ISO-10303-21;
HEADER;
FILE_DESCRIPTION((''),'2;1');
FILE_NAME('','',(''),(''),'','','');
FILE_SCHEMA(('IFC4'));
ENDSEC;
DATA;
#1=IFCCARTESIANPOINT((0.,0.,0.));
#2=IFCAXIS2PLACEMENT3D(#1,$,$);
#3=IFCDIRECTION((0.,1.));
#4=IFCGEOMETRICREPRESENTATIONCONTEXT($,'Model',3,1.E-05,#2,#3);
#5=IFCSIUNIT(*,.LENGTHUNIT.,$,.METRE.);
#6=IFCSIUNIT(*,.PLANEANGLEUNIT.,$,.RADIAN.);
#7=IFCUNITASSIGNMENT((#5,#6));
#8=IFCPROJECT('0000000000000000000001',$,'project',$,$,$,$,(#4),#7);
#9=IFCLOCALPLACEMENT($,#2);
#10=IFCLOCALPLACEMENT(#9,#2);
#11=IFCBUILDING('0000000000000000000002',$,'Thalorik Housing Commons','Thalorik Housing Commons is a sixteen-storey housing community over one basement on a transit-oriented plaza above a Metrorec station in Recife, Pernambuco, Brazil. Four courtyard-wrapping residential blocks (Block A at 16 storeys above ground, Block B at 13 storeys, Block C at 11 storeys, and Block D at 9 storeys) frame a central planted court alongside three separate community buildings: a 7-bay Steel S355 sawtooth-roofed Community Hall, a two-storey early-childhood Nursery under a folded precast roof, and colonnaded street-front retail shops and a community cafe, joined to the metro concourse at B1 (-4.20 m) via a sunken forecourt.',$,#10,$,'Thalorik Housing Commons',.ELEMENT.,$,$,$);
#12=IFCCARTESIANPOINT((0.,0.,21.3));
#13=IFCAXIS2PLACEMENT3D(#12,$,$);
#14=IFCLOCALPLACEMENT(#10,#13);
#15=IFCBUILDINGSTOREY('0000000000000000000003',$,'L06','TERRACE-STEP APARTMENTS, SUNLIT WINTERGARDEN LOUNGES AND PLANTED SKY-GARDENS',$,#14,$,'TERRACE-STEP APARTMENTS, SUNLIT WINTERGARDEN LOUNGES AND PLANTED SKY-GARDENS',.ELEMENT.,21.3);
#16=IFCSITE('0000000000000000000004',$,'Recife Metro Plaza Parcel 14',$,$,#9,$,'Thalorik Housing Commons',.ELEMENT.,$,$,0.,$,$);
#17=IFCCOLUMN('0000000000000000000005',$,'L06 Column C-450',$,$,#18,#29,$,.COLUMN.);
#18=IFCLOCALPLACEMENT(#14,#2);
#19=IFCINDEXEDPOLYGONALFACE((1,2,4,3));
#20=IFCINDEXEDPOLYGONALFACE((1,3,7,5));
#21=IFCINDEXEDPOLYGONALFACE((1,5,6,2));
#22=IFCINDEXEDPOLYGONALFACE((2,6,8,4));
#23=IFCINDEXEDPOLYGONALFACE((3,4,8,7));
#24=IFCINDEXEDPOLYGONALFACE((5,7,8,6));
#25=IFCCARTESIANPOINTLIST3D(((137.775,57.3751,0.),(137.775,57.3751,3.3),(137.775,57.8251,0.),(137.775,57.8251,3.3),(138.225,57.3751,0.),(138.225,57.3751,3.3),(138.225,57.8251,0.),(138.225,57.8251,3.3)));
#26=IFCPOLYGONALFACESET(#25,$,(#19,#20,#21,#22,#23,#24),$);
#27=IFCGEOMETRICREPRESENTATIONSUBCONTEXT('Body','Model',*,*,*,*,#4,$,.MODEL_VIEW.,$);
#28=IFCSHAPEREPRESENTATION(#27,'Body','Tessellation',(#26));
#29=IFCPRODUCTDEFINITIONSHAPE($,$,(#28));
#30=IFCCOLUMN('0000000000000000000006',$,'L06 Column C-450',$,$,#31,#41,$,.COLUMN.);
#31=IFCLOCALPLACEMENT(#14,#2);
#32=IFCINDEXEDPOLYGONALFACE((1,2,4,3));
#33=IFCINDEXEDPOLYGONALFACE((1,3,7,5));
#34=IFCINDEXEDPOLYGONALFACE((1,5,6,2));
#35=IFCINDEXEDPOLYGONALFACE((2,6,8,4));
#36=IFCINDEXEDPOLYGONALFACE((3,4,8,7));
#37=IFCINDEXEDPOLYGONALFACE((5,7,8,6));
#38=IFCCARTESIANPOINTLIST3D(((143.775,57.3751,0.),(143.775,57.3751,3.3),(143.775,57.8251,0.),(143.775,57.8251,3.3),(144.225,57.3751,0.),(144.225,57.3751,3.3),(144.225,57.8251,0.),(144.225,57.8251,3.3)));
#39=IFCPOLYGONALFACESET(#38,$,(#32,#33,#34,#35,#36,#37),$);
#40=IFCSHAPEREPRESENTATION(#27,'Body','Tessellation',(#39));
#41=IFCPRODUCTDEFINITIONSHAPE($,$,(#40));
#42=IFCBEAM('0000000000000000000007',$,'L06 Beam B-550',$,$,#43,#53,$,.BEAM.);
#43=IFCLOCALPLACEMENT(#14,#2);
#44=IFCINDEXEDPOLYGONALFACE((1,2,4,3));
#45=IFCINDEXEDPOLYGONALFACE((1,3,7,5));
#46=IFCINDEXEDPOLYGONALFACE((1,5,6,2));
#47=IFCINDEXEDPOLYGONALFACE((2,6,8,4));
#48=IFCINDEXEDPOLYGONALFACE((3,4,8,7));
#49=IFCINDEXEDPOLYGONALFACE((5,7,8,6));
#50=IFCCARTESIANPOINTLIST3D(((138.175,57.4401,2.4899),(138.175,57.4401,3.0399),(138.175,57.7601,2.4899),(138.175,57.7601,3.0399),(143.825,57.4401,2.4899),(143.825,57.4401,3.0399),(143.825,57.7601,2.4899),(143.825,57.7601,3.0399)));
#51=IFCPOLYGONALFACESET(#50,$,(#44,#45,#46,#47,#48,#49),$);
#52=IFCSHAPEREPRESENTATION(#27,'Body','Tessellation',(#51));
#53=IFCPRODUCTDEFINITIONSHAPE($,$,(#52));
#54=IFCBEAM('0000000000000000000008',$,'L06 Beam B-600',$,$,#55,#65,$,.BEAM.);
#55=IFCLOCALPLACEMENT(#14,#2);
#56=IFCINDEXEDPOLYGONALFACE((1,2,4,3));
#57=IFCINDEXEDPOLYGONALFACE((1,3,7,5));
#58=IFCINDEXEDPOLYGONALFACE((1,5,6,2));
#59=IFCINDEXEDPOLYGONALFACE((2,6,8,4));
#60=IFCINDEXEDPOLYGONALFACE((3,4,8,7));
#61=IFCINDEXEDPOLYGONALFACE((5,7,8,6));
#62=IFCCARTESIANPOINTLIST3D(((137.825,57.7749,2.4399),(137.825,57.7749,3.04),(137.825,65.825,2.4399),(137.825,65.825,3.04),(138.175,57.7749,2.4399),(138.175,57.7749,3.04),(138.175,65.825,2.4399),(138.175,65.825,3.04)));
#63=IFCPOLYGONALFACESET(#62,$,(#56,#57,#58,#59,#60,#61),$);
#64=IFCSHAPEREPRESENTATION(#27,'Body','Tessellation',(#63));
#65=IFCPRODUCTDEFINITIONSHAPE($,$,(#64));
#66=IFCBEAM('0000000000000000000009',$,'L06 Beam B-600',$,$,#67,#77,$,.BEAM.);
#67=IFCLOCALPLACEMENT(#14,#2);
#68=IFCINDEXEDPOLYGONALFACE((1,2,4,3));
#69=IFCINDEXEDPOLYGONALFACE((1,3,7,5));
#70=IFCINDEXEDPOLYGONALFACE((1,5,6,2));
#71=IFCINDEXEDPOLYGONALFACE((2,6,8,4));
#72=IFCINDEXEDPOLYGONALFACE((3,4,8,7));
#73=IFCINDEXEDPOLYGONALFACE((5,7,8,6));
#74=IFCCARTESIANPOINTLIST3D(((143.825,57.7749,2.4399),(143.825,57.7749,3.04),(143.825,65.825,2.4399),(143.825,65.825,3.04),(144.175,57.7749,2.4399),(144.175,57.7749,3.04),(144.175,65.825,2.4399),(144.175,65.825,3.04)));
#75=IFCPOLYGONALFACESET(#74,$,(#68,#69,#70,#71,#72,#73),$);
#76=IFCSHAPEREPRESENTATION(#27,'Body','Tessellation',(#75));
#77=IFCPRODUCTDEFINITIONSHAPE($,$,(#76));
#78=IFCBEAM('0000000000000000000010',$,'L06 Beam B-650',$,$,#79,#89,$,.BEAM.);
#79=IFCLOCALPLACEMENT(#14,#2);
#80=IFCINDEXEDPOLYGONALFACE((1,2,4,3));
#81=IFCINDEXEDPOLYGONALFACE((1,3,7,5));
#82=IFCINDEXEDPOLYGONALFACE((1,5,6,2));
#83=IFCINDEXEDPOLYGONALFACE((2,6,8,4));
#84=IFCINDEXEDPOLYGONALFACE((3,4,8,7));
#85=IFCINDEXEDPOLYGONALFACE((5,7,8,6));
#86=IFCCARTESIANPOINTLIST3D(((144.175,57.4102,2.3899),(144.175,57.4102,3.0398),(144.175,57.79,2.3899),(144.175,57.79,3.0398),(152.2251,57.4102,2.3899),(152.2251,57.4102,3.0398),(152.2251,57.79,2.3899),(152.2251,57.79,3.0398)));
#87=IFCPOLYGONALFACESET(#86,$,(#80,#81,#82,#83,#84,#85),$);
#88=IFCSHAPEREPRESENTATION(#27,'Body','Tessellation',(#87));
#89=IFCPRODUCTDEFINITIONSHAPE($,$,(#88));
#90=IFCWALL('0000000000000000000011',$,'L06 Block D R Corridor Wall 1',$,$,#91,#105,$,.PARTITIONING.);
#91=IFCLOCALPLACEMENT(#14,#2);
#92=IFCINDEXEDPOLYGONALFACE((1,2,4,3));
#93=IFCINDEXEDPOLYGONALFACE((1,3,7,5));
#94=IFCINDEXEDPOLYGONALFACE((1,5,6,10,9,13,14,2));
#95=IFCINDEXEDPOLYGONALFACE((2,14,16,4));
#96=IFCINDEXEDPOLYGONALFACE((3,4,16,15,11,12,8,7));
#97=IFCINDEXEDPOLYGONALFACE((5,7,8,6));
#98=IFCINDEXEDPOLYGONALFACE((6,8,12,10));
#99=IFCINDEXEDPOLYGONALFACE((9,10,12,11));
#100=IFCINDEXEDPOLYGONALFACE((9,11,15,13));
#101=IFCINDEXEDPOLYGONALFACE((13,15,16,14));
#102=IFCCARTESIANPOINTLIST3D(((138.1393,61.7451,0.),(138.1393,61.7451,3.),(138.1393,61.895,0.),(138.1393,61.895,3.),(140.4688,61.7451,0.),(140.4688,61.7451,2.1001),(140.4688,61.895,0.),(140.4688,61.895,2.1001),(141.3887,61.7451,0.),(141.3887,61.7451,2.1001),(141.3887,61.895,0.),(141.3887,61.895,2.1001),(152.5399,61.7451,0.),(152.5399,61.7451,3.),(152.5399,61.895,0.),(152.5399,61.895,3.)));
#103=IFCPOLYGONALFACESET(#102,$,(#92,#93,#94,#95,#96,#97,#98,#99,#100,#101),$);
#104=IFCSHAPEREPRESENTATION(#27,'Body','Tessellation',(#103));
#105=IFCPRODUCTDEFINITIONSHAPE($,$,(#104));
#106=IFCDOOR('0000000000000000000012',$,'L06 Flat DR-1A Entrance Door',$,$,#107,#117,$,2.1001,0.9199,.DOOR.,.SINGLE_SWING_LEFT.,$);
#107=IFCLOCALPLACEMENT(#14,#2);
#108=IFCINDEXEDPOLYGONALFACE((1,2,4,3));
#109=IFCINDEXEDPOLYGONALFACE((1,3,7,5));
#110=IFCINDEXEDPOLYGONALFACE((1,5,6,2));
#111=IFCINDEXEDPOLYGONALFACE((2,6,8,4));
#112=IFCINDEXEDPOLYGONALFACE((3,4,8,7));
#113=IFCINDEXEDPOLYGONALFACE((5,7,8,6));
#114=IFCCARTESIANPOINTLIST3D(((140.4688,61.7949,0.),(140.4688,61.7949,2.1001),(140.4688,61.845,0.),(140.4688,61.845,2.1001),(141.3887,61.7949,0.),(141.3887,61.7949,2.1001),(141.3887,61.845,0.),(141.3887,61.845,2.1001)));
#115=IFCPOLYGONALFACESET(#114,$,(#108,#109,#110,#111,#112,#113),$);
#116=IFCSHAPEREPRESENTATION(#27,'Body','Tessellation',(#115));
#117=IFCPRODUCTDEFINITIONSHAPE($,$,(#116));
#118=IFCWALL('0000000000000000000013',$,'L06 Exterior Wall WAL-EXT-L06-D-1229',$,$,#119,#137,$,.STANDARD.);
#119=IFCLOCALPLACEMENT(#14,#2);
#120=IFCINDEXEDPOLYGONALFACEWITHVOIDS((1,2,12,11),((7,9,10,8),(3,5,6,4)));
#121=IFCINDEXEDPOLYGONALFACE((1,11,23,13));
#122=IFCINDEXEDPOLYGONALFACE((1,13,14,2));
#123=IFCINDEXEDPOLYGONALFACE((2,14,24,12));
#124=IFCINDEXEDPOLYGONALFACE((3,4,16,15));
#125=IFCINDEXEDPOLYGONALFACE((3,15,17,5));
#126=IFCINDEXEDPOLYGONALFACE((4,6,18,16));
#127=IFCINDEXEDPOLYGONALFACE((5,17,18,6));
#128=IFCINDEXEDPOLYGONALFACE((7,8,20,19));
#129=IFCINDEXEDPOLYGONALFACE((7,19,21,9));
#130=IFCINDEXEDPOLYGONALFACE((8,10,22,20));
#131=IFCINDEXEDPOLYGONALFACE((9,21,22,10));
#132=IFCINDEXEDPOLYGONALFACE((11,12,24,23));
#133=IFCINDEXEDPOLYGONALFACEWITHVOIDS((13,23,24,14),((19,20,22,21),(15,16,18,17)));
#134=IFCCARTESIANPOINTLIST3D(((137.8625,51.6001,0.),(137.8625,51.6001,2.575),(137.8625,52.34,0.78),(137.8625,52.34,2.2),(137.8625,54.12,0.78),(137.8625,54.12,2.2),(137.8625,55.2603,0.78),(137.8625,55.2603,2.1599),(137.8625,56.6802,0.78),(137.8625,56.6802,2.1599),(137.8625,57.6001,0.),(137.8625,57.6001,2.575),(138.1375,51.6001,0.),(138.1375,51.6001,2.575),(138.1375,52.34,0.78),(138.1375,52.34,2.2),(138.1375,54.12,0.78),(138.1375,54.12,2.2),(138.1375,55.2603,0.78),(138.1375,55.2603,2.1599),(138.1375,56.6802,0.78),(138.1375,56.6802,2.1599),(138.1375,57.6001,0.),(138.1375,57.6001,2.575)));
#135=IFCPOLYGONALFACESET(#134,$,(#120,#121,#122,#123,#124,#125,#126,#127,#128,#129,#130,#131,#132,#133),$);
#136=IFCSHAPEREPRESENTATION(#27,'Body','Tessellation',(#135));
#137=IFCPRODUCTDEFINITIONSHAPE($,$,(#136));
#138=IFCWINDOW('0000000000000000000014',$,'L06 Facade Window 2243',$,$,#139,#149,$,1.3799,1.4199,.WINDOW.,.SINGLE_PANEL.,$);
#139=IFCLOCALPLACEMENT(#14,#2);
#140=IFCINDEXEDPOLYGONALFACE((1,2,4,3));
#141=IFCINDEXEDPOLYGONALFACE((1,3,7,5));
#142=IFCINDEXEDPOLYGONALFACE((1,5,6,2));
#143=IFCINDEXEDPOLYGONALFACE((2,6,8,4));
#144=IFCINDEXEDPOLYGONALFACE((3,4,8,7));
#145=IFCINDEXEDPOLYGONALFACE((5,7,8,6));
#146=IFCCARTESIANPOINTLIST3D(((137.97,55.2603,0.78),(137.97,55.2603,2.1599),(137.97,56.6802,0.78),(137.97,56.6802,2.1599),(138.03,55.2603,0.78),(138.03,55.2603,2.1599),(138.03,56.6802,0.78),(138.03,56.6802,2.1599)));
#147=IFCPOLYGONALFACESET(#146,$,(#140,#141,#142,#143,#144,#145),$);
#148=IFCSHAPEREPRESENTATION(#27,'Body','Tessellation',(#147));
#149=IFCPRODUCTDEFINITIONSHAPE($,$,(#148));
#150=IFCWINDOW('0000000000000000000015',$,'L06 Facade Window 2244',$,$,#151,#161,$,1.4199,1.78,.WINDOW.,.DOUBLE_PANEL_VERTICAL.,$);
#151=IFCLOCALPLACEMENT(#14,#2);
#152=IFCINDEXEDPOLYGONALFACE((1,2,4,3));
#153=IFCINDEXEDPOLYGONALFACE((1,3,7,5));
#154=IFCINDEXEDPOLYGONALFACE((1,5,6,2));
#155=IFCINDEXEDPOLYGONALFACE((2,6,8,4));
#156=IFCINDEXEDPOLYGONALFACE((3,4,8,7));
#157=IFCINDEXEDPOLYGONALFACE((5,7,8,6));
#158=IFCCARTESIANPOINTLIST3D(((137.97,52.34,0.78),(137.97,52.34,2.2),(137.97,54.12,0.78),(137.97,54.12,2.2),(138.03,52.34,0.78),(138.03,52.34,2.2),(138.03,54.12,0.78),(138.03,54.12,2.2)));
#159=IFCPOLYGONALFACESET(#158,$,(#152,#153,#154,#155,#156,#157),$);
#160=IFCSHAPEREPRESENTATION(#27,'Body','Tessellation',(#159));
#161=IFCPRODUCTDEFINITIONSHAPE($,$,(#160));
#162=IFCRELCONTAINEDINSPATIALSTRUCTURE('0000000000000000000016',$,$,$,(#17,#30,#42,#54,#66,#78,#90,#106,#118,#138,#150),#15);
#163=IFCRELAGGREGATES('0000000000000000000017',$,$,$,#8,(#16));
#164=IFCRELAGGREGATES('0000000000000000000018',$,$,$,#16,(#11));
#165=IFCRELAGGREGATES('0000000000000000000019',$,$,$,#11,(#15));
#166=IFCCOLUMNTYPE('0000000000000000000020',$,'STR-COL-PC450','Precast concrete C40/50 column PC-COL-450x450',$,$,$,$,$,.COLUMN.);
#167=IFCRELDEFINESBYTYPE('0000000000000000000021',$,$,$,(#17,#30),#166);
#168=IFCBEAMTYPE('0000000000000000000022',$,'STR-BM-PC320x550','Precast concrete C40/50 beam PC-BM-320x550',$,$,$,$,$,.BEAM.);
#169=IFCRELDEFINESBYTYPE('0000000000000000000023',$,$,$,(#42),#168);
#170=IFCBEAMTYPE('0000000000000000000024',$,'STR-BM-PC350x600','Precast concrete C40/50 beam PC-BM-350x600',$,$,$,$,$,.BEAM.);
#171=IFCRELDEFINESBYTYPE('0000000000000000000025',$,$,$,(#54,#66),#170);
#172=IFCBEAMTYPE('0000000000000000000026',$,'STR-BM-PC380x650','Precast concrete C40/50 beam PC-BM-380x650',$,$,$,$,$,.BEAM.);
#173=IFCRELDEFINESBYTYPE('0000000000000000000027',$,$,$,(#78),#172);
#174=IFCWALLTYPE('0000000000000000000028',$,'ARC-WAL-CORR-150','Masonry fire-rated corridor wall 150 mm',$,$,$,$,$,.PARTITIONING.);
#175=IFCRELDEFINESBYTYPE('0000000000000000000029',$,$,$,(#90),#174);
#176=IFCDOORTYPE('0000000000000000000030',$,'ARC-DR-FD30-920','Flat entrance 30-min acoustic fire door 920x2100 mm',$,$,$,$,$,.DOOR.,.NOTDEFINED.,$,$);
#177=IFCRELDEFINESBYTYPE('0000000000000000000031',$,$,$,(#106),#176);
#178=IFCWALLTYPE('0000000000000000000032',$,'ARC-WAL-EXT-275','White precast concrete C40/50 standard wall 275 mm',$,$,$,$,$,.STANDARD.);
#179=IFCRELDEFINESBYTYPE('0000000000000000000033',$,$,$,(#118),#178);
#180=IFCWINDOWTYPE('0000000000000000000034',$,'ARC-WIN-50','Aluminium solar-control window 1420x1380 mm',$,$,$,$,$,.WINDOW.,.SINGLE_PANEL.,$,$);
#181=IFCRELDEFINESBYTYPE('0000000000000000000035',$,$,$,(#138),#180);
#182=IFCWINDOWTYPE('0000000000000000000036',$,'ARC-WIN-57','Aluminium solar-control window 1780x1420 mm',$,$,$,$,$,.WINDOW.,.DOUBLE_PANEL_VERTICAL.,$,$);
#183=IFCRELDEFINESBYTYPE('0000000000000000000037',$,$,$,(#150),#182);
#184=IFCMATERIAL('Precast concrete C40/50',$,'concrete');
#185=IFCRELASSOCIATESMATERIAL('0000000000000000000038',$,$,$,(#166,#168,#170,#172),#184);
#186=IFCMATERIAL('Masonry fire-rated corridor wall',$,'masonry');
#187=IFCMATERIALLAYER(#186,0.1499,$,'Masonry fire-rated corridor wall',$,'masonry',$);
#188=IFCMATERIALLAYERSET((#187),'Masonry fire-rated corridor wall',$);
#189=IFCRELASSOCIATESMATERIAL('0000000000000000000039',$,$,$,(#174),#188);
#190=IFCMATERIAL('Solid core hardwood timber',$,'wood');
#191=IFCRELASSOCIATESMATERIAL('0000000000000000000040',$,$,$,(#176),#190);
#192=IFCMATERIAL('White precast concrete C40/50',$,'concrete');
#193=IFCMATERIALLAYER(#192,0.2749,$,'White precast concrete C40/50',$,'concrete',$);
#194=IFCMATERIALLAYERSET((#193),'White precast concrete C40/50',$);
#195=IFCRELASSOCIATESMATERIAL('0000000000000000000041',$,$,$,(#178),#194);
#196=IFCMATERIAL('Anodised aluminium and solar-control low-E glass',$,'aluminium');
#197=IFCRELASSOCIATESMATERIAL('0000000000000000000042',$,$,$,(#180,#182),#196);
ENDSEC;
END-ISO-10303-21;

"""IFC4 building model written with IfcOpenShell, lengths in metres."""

from ifc_helpers import new_model, si_unit, direction, frame, frame_2d, origin, origin_2d, place, context, subcontext, project, spatial, rectangle, extrude, material, layer, layer_set, material_profile, profile_set, type_object, element, fill, save


model = new_model("IFC4")

# Units and contexts
model_context = context("Model", 3, precision=1e-05, world=origin(), true_north=direction((0.0, 1.0)))
body_context = subcontext(model_context, "Body", "Model", "MODEL_VIEW")
ifc_project = project(units=[si_unit("LENGTHUNIT", "METRE"), si_unit("PLANEANGLEUNIT", "RADIAN")], contexts=[model_context])

# Site, building, storey
site_placement = place(None, origin())
site = spatial("IfcSite", under=ifc_project, at=site_placement, Name="Recife Metro Plaza Parcel 14", LongName="Thalorik Housing Commons", CompositionType="ELEMENT", RefElevation=0.0)
building_placement = place(site_placement, origin())
building = spatial("IfcBuilding", under=site, at=building_placement, Name="Thalorik Housing Commons", Description="Thalorik Housing Commons is a sixteen-storey housing community over one basement on a transit-oriented plaza above a Metrorec station in Recife, Pernambuco, Brazil. Four courtyard-wrapping residential blocks (Block A at 16 storeys above ground, Block B at 13 storeys, Block C at 11 storeys, and Block D at 9 storeys) frame a central planted court alongside three separate community buildings: a 7-bay Steel S355 sawtooth-roofed Community Hall, a two-storey early-childhood Nursery under a folded precast roof, and colonnaded street-front retail shops and a community cafe, joined to the metro concourse at B1 (-4.20 m) via a sunken forecourt.", LongName="Thalorik Housing Commons", CompositionType="ELEMENT")
storey_placement = place(building_placement, frame((0.0, 0.0, 21.3)))
storey = spatial("IfcBuildingStorey", under=building, at=storey_placement, Name="L06", Description="TERRACE-STEP APARTMENTS, SUNLIT WINTERGARDEN LOUNGES AND PLANTED SKY-GARDENS", LongName="TERRACE-STEP APARTMENTS, SUNLIT WINTERGARDEN LOUNGES AND PLANTED SKY-GARDENS", CompositionType="ELEMENT", Elevation=21.3)

# Columns
ifc_material_1 = material(Name="Precast concrete C40/50", Category="concrete")
ifc_material_profile_1 = material_profile(ifc_material_1, rectangle(XDim=0.45, YDim=0.45, at=origin_2d()), Name="PC 450x450", Category="concrete")
ifc_profile_set_1 = profile_set([ifc_material_profile_1], Name="Precast concrete C40/50")
column_type = type_object("IfcColumnType", Name="STR-COL-PC450", Description="Precast concrete C40/50 column PC-COL-450x450", PredefinedType="COLUMN", material=ifc_profile_set_1)
for number, where, z_axis, x_axis, name in (
    (1, (138.0, 57.6001, 0.0), (0.0, 0.0, 1.0), (1.0, 0.0, 0.0), "L06 Column C-450"),
    (2, (144.0, 57.6001, 0.0), (0.0, 0.0, 1.0), (1.0, 0.0, 0.0), "L06 Column C-450"),
):
    element("IfcColumn", number, at=place(storey_placement, frame(where, z_axis=z_axis, x_axis=x_axis)), inside=storey, type_object=column_type, Name=name, PredefinedType="COLUMN", context=body_context, shape_type="SweptSolid", body=[
        extrude(rectangle(XDim=0.45, YDim=0.45, at=origin_2d()), origin(), (0.0, 0.0, 1.0), 3.3),
    ])

# Beams
ifc_material_profile_2 = material_profile(ifc_material_1, rectangle(XDim=0.3201, YDim=0.55, at=origin_2d()), Name="PC 320x550", Category="concrete")
ifc_profile_set_2 = profile_set([ifc_material_profile_2], Name="Precast concrete C40/50")
beam_type_1 = type_object("IfcBeamType", Name="STR-BM-PC320x550", Description="Precast concrete C40/50 beam PC-BM-320x550", PredefinedType="BEAM", material=ifc_profile_set_2)
beam_1_placement = place(storey_placement, frame((138.175, 57.6001, 2.7649), z_axis=(1.0, 0.0, 0.0), x_axis=(0.0, 1.0, 0.0)))
element("IfcBeam", 3, at=beam_1_placement, inside=storey, type_object=beam_type_1, Name="L06 Beam B-550", PredefinedType="BEAM", context=body_context, shape_type="SweptSolid", body=[
    extrude(rectangle(XDim=0.3201, YDim=0.55, at=origin_2d()), origin(), (0.0, 0.0, 1.0), 5.6499),
])
ifc_material_profile_3 = material_profile(ifc_material_1, rectangle(XDim=0.3501, YDim=0.6001, at=origin_2d()), Name="PC 350x600", Category="concrete")
ifc_profile_set_3 = profile_set([ifc_material_profile_3], Name="Precast concrete C40/50")
beam_type_2 = type_object("IfcBeamType", Name="STR-BM-PC350x600", Description="Precast concrete C40/50 beam PC-BM-350x600", PredefinedType="BEAM", material=ifc_profile_set_3)
for number, where, z_axis, x_axis, name in (
    (4, (138.0, 57.7749, 2.74), (0.0, 1.0, 0.0), (-1.0, 0.0, 0.0), "L06 Beam B-600"),
    (5, (144.0, 57.7749, 2.74), (0.0, 1.0, 0.0), (-1.0, 0.0, 0.0), "L06 Beam B-600"),
):
    element("IfcBeam", number, at=place(storey_placement, frame(where, z_axis=z_axis, x_axis=x_axis)), inside=storey, type_object=beam_type_2, Name=name, PredefinedType="BEAM", context=body_context, shape_type="SweptSolid", body=[
        extrude(rectangle(XDim=0.3501, YDim=0.6001, at=origin_2d()), origin(), (0.0, 0.0, 1.0), 8.05),
    ])
ifc_material_profile_4 = material_profile(ifc_material_1, rectangle(XDim=0.3799, YDim=0.6499, at=origin_2d()), Name="PC 380x650", Category="concrete")
ifc_profile_set_4 = profile_set([ifc_material_profile_4], Name="Precast concrete C40/50")
beam_type_3 = type_object("IfcBeamType", Name="STR-BM-PC380x650", Description="Precast concrete C40/50 beam PC-BM-380x650", PredefinedType="BEAM", material=ifc_profile_set_4)
beam_2_placement = place(storey_placement, frame((144.175, 57.6001, 2.7148), z_axis=(1.0, 0.0, 0.0), x_axis=(0.0, 1.0, 0.0)))
element("IfcBeam", 6, at=beam_2_placement, inside=storey, type_object=beam_type_3, Name="L06 Beam B-650", PredefinedType="BEAM", context=body_context, shape_type="SweptSolid", body=[
    extrude(rectangle(XDim=0.3799, YDim=0.6499, at=origin_2d()), origin(), (0.0, 0.0, 1.0), 8.05),
])

# Wall, opening, door
ifc_material_2 = material(Name="Masonry fire-rated corridor wall", Category="masonry")
ifc_layer_1 = layer(ifc_material_2, 0.1499, Name="Masonry fire-rated corridor wall", Category="masonry")
ifc_layer_set_1 = layer_set([ifc_layer_1], Name="Masonry fire-rated corridor wall")
wall_type_1 = type_object("IfcWallType", Name="ARC-WAL-CORR-150", Description="Masonry fire-rated corridor wall 150 mm", PredefinedType="PARTITIONING", material=ifc_layer_set_1)
wall_1_placement = place(storey_placement, frame((138.1394, 61.8201, 0.0), z_axis=(0.0, 0.0, 1.0), x_axis=(1.0, 0.0, 0.0)))
wall_1 = element("IfcWall", 7, at=wall_1_placement, inside=storey, type_object=wall_type_1, Name="L06 Block D R Corridor Wall 1", PredefinedType="PARTITIONING", context=body_context, shape_type="SweptSolid", body=[
    extrude(rectangle(XDim=14.4006, YDim=0.1499, at=frame_2d((7.2002, 0.0))), origin(), (0.0, 0.0, 1.0), 3.0),
])
opening_1_placement = place(wall_1_placement, frame((2.3293, 0.0, 0.0)))
opening_1 = element("IfcOpeningElement", 8, at=opening_1_placement, cuts=wall_1, PredefinedType="OPENING", context=body_context, shape_type="SweptSolid", body=[
    extrude(rectangle(XDim=0.9199, YDim=2.1001, at=frame_2d((0.46, 1.05))), frame((0.0, 0.085, 0.0), z_axis=(0.0, -1.0, 0.0), x_axis=(1.0, 0.0, 0.0)), (0.0, 0.0, 1.0), 0.1699),
])
ifc_material_3 = material(Name="Solid core hardwood timber", Category="wood")
door_type = type_object("IfcDoorType", Name="ARC-DR-FD30-920", Description="Flat entrance 30-min acoustic fire door 920x2100 mm", OperationType="NOTDEFINED", PredefinedType="DOOR", material=ifc_material_3)
door_placement = place(opening_1_placement, origin())
door = element("IfcDoor", 9, at=door_placement, inside=storey, type_object=door_type, Name="L06 Flat DR-1A Entrance Door", OperationType="SINGLE_SWING_LEFT", OverallHeight=2.1001, OverallWidth=0.9199, PredefinedType="DOOR", context=body_context, shape_type="SweptSolid", body=[
    extrude(rectangle(XDim=0.9199, YDim=2.1001, at=frame_2d((0.46, 1.05))), frame((0.0, 0.0249, 0.0), z_axis=(0.0, -1.0, 0.0), x_axis=(1.0, 0.0, 0.0)), (0.0, 0.0, 1.0), 0.05),
])
fill(opening_1, door)

# Wall, openings, windows
ifc_material_4 = material(Name="White precast concrete C40/50", Category="concrete")
ifc_layer_2 = layer(ifc_material_4, 0.2749, Name="White precast concrete C40/50", Category="concrete")
ifc_layer_set_2 = layer_set([ifc_layer_2], Name="White precast concrete C40/50")
wall_type_2 = type_object("IfcWallType", Name="ARC-WAL-EXT-275", Description="White precast concrete C40/50 standard wall 275 mm", PredefinedType="STANDARD", material=ifc_layer_set_2)
wall_2_placement = place(storey_placement, frame((138.0, 57.6001, 0.0), z_axis=(0.0, 0.0, 1.0), x_axis=(0.0, -1.0, 0.0)))
wall_2 = element("IfcWall", 10, at=wall_2_placement, inside=storey, type_object=wall_type_2, Name="L06 Exterior Wall WAL-EXT-L06-D-1229", PredefinedType="STANDARD", context=body_context, shape_type="SweptSolid", body=[
    extrude(rectangle(XDim=6.0, YDim=0.2749, at=frame_2d((3.0, 0.0))), origin(), (0.0, 0.0, 1.0), 2.575),
])
opening_2_placement = place(wall_2_placement, frame((0.9199, 0.0, 0.78)))
opening_2 = element("IfcOpeningElement", 11, at=opening_2_placement, cuts=wall_2, PredefinedType="OPENING", context=body_context, shape_type="SweptSolid", body=[
    extrude(rectangle(XDim=1.4199, YDim=1.3799, at=frame_2d((0.71, 0.6899))), frame((0.0, 0.1475, 0.0), z_axis=(0.0, -1.0, 0.0), x_axis=(1.0, 0.0, 0.0)), (0.0, 0.0, 1.0), 0.2949),
])
opening_3_placement = place(wall_2_placement, frame((3.48, 0.0, 0.78)))
opening_3 = element("IfcOpeningElement", 12, at=opening_3_placement, cuts=wall_2, PredefinedType="OPENING", context=body_context, shape_type="SweptSolid", body=[
    extrude(rectangle(XDim=1.78, YDim=1.4199, at=frame_2d((0.8901, 0.71))), frame((0.0, 0.1475, 0.0), z_axis=(0.0, -1.0, 0.0), x_axis=(1.0, 0.0, 0.0)), (0.0, 0.0, 1.0), 0.2949),
])
ifc_material_5 = material(Name="Anodised aluminium and solar-control low-E glass", Category="aluminium")
window_type_1 = type_object("IfcWindowType", Name="ARC-WIN-50", Description="Aluminium solar-control window 1420x1380 mm", PartitioningType="SINGLE_PANEL", PredefinedType="WINDOW", material=ifc_material_5)
window_1_placement = place(opening_2_placement, origin())
window_1 = element("IfcWindow", 13, at=window_1_placement, inside=storey, type_object=window_type_1, Name="L06 Facade Window 2243", OverallHeight=1.3799, OverallWidth=1.4199, PartitioningType="SINGLE_PANEL", PredefinedType="WINDOW", context=body_context, shape_type="SweptSolid", body=[
    extrude(rectangle(XDim=1.4199, YDim=1.3799, at=frame_2d((0.71, 0.6899))), frame((0.0, 0.03, 0.0), z_axis=(0.0, -1.0, 0.0), x_axis=(1.0, 0.0, 0.0)), (0.0, 0.0, 1.0), 0.0601),
])
fill(opening_2, window_1)
window_type_2 = type_object("IfcWindowType", Name="ARC-WIN-57", Description="Aluminium solar-control window 1780x1420 mm", PartitioningType="DOUBLE_PANEL_VERTICAL", PredefinedType="WINDOW", material=ifc_material_5)
window_2_placement = place(opening_3_placement, origin())
window_2 = element("IfcWindow", 14, at=window_2_placement, inside=storey, type_object=window_type_2, Name="L06 Facade Window 2244", OverallHeight=1.4199, OverallWidth=1.78, PartitioningType="DOUBLE_PANEL_VERTICAL", PredefinedType="WINDOW", context=body_context, shape_type="SweptSolid", body=[
    extrude(rectangle(XDim=1.78, YDim=1.4199, at=frame_2d((0.8901, 0.71))), frame((0.0, 0.03, 0.0), z_axis=(0.0, -1.0, 0.0), x_axis=(1.0, 0.0, 0.0)), (0.0, 0.0, 1.0), 0.0601),
])
fill(opening_3, window_2)

save(model, "model.ifc")
